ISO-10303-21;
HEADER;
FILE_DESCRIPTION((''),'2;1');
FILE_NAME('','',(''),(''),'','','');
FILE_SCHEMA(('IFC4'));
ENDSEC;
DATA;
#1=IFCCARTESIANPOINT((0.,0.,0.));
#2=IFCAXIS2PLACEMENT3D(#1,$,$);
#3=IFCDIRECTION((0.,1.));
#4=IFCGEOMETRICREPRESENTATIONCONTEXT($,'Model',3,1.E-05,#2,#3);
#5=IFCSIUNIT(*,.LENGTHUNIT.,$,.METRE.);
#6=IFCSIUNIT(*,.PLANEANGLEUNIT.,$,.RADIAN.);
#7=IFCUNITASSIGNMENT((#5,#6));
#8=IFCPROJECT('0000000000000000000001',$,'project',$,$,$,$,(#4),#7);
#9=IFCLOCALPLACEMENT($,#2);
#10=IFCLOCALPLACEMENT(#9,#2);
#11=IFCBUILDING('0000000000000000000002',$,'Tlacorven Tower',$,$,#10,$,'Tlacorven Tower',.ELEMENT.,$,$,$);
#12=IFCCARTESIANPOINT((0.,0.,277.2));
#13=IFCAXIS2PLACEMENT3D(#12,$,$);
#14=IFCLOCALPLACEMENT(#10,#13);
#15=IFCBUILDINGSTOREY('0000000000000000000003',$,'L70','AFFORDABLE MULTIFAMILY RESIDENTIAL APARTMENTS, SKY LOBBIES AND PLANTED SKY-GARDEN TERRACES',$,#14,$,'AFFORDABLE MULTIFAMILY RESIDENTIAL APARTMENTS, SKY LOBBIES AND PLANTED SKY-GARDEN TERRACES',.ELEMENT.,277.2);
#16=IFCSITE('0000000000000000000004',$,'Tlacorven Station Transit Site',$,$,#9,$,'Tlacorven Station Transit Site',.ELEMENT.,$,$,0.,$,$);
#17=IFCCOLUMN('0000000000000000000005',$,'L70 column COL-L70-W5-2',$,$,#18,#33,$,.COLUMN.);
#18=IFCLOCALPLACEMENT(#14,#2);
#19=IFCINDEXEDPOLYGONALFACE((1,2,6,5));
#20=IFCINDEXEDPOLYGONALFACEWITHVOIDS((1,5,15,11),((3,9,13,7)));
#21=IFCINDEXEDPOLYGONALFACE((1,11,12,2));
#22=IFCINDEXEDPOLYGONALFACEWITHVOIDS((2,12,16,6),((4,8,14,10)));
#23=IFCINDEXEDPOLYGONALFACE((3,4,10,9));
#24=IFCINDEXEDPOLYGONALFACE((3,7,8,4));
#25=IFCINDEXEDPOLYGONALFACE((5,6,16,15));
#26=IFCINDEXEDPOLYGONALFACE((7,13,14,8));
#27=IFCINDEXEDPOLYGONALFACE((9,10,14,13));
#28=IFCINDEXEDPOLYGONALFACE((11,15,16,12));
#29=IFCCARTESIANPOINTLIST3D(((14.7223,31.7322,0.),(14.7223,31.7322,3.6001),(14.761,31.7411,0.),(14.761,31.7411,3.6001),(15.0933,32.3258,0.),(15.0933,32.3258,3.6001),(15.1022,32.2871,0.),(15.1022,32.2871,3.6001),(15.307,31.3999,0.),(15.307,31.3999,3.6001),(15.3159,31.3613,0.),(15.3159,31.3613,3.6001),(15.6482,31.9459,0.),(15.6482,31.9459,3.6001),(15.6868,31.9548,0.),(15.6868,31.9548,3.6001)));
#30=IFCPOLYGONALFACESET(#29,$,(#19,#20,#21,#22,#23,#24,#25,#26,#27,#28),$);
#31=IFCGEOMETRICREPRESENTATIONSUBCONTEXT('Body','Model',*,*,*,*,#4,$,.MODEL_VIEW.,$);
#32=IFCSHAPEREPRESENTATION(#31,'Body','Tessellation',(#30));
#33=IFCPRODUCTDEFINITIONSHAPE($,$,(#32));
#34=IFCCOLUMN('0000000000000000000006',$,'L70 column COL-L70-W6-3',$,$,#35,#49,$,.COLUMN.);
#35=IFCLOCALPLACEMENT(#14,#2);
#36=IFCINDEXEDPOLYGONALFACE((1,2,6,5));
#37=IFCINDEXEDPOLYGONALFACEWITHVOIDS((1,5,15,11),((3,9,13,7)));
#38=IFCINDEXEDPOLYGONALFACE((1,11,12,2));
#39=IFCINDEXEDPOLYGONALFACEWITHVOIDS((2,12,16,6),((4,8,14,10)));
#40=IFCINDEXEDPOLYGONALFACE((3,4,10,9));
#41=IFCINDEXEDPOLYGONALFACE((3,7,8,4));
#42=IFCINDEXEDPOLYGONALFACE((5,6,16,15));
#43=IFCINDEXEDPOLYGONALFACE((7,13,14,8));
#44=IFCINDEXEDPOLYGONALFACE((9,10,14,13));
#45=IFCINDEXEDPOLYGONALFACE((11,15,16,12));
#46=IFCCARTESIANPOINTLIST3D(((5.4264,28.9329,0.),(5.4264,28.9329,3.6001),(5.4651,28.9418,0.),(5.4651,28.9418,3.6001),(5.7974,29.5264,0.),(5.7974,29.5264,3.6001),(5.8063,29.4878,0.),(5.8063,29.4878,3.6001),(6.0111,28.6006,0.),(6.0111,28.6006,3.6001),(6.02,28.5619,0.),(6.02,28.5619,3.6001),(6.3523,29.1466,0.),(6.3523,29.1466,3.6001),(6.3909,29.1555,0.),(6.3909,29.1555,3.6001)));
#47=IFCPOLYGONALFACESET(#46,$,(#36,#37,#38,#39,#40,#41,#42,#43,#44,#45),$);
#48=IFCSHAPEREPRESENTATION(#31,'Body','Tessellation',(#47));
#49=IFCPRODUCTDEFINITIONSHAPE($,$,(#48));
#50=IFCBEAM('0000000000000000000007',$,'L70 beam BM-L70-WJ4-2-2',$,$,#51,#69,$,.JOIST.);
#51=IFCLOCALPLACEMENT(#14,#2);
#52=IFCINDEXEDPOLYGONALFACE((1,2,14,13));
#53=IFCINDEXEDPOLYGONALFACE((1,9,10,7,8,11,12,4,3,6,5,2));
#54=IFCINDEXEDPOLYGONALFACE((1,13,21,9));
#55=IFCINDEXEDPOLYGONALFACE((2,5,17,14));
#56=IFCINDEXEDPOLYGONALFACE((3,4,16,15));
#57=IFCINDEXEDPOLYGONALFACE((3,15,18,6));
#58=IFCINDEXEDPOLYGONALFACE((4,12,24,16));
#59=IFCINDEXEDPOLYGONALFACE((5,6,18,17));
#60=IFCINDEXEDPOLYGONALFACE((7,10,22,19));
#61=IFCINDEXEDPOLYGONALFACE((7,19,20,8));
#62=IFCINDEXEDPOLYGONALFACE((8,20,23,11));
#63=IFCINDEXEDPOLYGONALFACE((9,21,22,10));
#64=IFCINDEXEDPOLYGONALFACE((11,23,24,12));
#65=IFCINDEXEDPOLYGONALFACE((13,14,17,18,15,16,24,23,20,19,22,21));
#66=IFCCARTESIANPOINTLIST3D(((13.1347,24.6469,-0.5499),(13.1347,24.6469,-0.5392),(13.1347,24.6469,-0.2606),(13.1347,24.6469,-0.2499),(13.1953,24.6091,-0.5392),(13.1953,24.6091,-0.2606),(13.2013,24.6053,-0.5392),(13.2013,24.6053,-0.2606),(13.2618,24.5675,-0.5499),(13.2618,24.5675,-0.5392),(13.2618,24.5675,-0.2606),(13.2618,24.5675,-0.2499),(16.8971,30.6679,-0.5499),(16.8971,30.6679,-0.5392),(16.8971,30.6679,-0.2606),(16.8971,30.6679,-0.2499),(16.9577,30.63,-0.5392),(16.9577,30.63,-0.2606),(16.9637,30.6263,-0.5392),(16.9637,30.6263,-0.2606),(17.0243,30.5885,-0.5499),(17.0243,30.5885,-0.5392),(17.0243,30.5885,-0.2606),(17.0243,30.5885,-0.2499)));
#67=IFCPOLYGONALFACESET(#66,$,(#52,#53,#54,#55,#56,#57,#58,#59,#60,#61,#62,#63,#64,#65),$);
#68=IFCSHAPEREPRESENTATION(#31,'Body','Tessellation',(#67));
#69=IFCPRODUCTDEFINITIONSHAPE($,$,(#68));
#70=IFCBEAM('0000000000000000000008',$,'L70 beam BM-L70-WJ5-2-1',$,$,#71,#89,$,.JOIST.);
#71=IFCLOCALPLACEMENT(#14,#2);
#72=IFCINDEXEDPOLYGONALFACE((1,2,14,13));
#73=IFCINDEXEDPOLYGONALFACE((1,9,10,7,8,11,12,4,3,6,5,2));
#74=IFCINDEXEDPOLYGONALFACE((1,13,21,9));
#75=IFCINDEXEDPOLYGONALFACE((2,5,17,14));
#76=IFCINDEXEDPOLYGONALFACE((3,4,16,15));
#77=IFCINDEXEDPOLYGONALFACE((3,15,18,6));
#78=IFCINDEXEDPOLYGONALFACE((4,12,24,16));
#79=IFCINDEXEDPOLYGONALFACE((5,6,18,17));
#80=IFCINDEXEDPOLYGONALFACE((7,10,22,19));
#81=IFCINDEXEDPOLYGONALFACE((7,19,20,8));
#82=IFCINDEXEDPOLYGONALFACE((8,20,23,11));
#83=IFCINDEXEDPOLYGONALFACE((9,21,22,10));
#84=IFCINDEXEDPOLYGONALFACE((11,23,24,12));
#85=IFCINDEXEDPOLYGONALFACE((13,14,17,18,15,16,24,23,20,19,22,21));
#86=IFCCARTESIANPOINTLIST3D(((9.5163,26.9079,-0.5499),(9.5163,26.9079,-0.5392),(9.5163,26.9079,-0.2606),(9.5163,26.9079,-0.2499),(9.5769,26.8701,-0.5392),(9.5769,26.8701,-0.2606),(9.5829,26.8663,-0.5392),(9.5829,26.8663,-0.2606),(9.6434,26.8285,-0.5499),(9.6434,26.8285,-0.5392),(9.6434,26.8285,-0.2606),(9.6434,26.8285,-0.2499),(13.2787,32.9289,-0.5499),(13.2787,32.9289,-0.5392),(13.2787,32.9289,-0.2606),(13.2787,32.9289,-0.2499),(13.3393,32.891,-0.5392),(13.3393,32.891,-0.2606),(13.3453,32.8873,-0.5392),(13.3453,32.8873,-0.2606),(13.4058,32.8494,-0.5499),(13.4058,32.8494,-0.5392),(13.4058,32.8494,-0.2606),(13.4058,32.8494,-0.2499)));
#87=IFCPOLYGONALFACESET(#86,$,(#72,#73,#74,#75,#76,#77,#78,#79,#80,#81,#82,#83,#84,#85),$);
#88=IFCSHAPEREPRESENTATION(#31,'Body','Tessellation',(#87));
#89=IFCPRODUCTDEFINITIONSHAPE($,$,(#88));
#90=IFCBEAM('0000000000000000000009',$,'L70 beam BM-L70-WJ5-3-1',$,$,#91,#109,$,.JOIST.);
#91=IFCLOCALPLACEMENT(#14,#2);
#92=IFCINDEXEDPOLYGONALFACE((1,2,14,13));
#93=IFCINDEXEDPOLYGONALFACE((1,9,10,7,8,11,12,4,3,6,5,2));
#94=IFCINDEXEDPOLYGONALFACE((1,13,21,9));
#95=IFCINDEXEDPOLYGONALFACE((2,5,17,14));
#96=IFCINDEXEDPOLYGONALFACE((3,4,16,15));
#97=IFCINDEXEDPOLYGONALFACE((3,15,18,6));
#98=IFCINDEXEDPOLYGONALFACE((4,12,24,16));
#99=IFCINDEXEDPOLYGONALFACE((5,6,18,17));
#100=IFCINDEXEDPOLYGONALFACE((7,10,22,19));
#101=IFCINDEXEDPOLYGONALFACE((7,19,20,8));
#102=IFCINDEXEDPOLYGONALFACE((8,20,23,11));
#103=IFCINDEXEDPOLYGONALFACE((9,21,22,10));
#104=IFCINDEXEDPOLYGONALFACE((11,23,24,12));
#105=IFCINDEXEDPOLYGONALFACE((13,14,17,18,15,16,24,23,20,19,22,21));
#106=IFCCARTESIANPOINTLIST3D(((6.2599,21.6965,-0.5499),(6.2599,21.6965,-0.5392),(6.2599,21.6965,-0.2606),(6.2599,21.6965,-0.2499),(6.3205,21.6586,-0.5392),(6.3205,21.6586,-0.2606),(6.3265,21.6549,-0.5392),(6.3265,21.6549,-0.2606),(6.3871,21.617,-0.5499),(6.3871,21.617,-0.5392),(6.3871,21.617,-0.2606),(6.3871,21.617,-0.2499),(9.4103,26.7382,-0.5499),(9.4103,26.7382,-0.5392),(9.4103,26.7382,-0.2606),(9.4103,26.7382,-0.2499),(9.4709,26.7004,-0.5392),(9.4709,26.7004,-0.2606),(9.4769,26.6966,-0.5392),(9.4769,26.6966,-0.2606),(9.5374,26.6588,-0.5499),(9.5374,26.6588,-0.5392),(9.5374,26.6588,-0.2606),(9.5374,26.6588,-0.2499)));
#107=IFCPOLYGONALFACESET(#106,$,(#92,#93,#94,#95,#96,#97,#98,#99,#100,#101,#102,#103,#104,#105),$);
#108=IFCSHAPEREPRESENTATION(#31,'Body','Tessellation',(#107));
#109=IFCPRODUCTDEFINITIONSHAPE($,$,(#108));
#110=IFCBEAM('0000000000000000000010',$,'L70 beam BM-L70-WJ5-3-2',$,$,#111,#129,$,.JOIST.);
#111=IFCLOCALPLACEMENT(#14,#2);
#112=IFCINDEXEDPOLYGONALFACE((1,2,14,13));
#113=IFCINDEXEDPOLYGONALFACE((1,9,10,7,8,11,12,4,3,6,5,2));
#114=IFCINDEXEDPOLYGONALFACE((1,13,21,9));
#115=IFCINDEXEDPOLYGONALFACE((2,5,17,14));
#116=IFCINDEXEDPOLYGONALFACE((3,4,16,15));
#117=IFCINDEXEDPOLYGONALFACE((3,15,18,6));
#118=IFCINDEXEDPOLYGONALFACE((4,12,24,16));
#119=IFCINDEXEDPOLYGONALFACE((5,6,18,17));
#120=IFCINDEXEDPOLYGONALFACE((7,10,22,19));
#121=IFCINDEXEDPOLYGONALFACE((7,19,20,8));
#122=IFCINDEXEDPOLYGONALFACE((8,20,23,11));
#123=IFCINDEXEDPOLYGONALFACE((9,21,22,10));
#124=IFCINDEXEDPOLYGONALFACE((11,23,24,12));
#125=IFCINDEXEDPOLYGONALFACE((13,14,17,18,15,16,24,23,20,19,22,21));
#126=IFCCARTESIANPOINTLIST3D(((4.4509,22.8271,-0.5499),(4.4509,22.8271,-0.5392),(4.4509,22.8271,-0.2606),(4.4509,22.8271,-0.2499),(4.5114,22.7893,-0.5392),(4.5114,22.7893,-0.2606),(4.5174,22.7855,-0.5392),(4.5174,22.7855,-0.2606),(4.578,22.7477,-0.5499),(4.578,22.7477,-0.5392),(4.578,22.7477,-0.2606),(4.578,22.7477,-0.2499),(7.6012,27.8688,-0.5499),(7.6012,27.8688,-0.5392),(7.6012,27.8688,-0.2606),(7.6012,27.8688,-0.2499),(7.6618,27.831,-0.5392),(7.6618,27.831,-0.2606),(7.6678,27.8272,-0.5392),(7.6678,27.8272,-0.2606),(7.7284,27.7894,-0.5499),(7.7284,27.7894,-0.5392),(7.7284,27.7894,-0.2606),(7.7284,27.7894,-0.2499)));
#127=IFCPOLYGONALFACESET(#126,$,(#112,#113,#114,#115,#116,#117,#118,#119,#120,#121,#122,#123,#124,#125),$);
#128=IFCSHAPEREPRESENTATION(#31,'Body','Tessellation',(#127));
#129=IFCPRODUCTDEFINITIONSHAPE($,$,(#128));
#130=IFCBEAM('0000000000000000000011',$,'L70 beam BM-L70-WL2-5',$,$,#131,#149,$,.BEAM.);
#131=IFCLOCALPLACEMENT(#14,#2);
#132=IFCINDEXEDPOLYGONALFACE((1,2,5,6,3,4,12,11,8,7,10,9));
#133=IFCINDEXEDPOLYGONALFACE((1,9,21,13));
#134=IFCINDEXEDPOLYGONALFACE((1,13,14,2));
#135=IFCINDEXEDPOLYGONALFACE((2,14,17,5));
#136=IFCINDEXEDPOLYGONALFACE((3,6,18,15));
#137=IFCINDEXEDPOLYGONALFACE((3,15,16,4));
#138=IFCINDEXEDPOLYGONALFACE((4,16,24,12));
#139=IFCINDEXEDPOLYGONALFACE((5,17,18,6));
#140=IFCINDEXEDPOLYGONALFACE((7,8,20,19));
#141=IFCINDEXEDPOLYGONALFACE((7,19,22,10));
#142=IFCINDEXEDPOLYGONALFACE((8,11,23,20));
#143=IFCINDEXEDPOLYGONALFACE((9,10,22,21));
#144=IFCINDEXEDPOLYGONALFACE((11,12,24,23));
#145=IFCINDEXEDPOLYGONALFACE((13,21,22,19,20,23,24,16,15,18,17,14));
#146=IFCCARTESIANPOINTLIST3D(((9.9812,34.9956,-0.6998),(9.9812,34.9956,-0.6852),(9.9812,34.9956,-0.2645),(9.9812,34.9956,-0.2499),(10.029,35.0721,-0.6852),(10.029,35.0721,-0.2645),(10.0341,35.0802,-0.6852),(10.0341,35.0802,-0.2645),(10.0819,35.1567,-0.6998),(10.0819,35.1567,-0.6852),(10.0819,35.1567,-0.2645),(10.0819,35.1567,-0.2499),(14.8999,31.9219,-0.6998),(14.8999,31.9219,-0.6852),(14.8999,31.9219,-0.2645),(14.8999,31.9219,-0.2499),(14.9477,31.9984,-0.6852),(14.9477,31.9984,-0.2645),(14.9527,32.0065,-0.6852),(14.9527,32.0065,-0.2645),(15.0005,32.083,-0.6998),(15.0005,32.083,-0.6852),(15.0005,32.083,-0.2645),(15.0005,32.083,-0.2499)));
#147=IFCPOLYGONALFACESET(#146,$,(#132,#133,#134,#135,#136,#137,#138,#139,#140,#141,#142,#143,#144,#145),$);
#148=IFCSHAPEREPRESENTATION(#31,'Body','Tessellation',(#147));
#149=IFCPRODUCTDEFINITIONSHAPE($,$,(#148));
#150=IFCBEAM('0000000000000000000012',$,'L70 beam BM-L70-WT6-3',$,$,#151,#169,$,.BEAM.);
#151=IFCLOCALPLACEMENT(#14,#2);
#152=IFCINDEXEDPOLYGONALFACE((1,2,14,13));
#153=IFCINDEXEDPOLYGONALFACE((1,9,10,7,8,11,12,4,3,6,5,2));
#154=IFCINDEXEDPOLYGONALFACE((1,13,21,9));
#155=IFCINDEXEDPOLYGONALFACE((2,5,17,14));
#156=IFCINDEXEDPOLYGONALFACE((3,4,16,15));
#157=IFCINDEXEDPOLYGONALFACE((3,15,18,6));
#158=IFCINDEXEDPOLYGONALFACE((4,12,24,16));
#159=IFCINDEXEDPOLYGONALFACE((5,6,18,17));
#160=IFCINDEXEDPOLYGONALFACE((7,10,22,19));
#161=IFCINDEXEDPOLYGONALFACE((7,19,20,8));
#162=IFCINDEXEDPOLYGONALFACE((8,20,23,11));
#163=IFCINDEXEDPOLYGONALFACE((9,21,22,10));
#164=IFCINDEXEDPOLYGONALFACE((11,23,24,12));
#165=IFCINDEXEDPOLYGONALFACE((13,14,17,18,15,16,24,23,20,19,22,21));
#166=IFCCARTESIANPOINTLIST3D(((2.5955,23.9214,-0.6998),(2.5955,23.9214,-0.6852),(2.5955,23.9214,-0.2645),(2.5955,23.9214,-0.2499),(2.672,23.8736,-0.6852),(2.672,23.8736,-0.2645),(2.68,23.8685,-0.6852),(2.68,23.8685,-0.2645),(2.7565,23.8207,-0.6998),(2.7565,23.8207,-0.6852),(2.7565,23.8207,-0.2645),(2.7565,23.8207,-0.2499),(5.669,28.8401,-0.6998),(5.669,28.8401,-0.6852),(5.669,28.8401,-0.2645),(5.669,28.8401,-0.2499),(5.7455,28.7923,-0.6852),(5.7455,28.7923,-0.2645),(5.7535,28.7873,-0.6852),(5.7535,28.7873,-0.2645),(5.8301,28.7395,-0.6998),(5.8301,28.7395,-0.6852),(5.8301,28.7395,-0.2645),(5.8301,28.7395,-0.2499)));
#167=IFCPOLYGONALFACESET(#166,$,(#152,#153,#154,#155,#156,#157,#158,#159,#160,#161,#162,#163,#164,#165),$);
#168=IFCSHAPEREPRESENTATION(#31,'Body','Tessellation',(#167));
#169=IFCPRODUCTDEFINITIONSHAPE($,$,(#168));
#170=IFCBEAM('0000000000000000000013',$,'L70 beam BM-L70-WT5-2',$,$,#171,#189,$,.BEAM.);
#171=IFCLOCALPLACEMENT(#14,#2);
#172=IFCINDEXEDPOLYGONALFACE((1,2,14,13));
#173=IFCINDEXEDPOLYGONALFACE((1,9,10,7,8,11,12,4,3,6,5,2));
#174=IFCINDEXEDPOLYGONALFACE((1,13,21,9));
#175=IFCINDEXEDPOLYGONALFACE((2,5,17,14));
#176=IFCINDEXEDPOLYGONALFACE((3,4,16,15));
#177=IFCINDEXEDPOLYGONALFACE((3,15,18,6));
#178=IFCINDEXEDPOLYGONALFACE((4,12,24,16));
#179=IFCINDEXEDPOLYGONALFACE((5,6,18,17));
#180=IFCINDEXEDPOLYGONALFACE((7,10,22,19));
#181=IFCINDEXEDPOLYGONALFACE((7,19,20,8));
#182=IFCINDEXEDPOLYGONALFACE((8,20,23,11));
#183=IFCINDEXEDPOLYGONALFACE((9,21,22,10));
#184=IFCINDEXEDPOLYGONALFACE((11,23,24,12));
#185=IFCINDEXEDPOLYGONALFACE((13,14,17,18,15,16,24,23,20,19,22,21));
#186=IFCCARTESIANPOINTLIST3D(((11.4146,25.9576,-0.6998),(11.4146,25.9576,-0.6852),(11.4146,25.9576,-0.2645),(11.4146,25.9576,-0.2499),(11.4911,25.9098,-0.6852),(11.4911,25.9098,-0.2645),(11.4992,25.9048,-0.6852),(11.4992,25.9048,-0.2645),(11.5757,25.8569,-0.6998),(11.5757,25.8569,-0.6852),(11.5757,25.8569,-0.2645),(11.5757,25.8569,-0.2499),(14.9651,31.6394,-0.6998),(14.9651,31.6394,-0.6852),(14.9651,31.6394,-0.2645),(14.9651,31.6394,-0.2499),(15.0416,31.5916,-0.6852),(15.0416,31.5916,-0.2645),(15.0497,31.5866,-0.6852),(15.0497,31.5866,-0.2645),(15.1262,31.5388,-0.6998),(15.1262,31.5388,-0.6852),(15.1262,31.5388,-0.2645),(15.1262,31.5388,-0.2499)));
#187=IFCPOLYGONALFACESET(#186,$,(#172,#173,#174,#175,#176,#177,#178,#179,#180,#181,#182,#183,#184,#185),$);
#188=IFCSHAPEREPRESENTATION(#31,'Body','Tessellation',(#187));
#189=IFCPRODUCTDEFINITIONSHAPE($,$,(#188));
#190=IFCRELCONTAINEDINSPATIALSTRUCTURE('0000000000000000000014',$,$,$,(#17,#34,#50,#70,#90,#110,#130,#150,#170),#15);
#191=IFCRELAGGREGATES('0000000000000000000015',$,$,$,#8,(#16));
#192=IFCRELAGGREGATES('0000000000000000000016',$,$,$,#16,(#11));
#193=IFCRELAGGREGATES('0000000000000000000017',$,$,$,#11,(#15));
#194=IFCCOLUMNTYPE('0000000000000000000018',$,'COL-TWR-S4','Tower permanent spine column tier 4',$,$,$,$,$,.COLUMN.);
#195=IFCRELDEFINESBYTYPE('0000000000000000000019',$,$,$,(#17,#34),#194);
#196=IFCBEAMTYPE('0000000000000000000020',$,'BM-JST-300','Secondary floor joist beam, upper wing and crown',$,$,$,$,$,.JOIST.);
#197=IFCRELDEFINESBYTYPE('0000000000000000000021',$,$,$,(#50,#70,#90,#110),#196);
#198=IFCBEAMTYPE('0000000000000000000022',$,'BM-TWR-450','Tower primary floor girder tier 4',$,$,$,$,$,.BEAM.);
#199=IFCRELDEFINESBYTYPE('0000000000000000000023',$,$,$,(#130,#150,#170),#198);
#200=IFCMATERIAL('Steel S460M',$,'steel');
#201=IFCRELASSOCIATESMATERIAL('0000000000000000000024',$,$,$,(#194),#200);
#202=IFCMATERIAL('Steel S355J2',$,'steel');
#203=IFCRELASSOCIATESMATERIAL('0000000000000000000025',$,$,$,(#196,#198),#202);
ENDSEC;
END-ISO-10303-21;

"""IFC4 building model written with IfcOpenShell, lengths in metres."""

from ifc_helpers import new_model, si_unit, direction, frame, origin, origin_2d, place, context, subcontext, project, spatial, hollow_rectangle, i_section, extrude, source, transform, mapped, material, material_profile, profile_set, type_object, element, save


model = new_model("IFC4")

# Units and contexts
model_context = context("Model", 3, precision=1e-05, world=origin(), true_north=direction((0.0, 1.0)))
body_context = subcontext(model_context, "Body", "Model", "MODEL_VIEW")
ifc_project = project(units=[si_unit("LENGTHUNIT", "METRE"), si_unit("PLANEANGLEUNIT", "RADIAN")], contexts=[model_context])

# Site, building, storey
site_placement = place(None, origin())
site = spatial("IfcSite", under=ifc_project, at=site_placement, Name="Tlacorven Station Transit Site", LongName="Tlacorven Station Transit Site", CompositionType="ELEMENT", RefElevation=0.0)
building_placement = place(site_placement, origin())
building = spatial("IfcBuilding", under=site, at=building_placement, Name="Tlacorven Tower", LongName="Tlacorven Tower", CompositionType="ELEMENT")
storey_placement = place(building_placement, frame((0.0, 0.0, 277.2)))
storey = spatial("IfcBuildingStorey", under=building, at=storey_placement, Name="L70", Description="AFFORDABLE MULTIFAMILY RESIDENTIAL APARTMENTS, SKY LOBBIES AND PLANTED SKY-GARDEN TERRACES", LongName="AFFORDABLE MULTIFAMILY RESIDENTIAL APARTMENTS, SKY LOBBIES AND PLANTED SKY-GARDEN TERRACES", CompositionType="ELEMENT", Elevation=277.2)

# Columns
ifc_material_1 = material(Name="Steel S460M", Category="steel")
ifc_material_profile_1 = material_profile(ifc_material_1, hollow_rectangle(XDim=0.7, YDim=0.7, WallThickness=0.0281, at=origin_2d()), Name="BOX 700X700X28")
ifc_profile_set_1 = profile_set([ifc_material_profile_1], Name="Steel S460M")
column_type = type_object("IfcColumnType", Name="COL-TWR-S4", Description="Tower permanent spine column tier 4", PredefinedType="COLUMN", material=ifc_profile_set_1)
shared_shape_1 = source(origin(), body_context, "Body", "SweptSolid", [
    extrude(hollow_rectangle(XDim=0.7, YDim=0.7, WallThickness=0.0281, at=origin_2d()), origin(), (0.0, 0.0, 1.0), 3.6001),
])
for number, where, z_axis, x_axis, name in (
    (1, (15.2046, 31.8435, 0.0), (0.0, 0.0, 1.0), (-0.848048, 0.529919, 0.0), "L70 column COL-L70-W5-2"),
    (2, (5.9087, 29.0442, 0.0), (0.0, 0.0, 1.0), (-0.848048, 0.529919, 0.0), "L70 column COL-L70-W6-3"),
):
    element("IfcColumn", number, at=place(storey_placement, frame(where, z_axis=z_axis, x_axis=x_axis)), inside=storey, type_object=column_type, Name=name, PredefinedType="COLUMN", context=body_context, shape_type="MappedRepresentation", body=[
        mapped(shared_shape_1, transform((0.0, 0.0, 0.0), scale=1.0)),
    ])

# Beams
ifc_material_2 = material(Name="Steel S355J2", Category="steel")
ifc_material_profile_2 = material_profile(ifc_material_2, i_section(OverallWidth=0.1499, OverallDepth=0.3, WebThickness=0.0071, FlangeThickness=0.0107, at=origin_2d()), Name="IPE 300")
ifc_profile_set_2 = profile_set([ifc_material_profile_2], Name="Steel S355J2")
beam_type_1 = type_object("IfcBeamType", Name="BM-JST-300", Description="Secondary floor joist beam, upper wing and crown", PredefinedType="JOIST", material=ifc_profile_set_2)
shared_shape_2 = source(origin(), body_context, "Body", "SweptSolid", [
    extrude(i_section(OverallWidth=0.1499, OverallDepth=0.3, WebThickness=0.0071, FlangeThickness=0.0107, at=origin_2d()), origin(), (0.0, 0.0, 1.0), 7.0999),
])
for number, where, z_axis, x_axis, name in (
    (3, (16.9607, 30.6282, -0.3999), (-0.529931, -0.848041, 0.0), (0.848041, -0.529931, 0.0), "L70 beam BM-L70-WJ4-2-2"),
    (4, (13.3423, 32.8892, -0.3999), (-0.529931, -0.848041, 0.0), (0.848041, -0.529931, 0.0), "L70 beam BM-L70-WJ5-2-1"),
):
    element("IfcBeam", number, at=place(storey_placement, frame(where, z_axis=z_axis, x_axis=x_axis)), inside=storey, type_object=beam_type_1, Name=name, PredefinedType="JOIST", context=body_context, shape_type="MappedRepresentation", body=[
        mapped(shared_shape_2, transform((0.0, 0.0, 0.0), scale=1.0)),
    ])
shared_shape_3 = source(origin(), body_context, "Body", "SweptSolid", [
    extrude(i_section(OverallWidth=0.1499, OverallDepth=0.3, WebThickness=0.0071, FlangeThickness=0.0107, at=origin_2d()), origin(), (0.0, 0.0, 1.0), 5.9451),
])
for number, where, z_axis, x_axis, name in (
    (5, (9.4739, 26.6985, -0.3999), (-0.529914, -0.848051, 0.0), (0.848051, -0.529914, 0.0), "L70 beam BM-L70-WJ5-3-1"),
    (6, (7.6648, 27.8291, -0.3999), (-0.529914, -0.848051, 0.0), (0.848051, -0.529914, 0.0), "L70 beam BM-L70-WJ5-3-2"),
):
    element("IfcBeam", number, at=place(storey_placement, frame(where, z_axis=z_axis, x_axis=x_axis)), inside=storey, type_object=beam_type_1, Name=name, PredefinedType="JOIST", context=body_context, shape_type="MappedRepresentation", body=[
        mapped(shared_shape_3, transform((0.0, 0.0, 0.0), scale=1.0)),
    ])
ifc_material_profile_3 = material_profile(ifc_material_2, i_section(OverallWidth=0.1899, OverallDepth=0.45, WebThickness=0.0095, FlangeThickness=0.0146, at=origin_2d()), Name="IPE 450")
ifc_profile_set_3 = profile_set([ifc_material_profile_3], Name="Steel S355J2")
beam_type_2 = type_object("IfcBeamType", Name="BM-TWR-450", Description="Tower primary floor girder tier 4", PredefinedType="BEAM", material=ifc_profile_set_3)
shared_shape_4 = source(origin(), body_context, "Body", "SweptSolid", [
    extrude(i_section(OverallWidth=0.1899, OverallDepth=0.45, WebThickness=0.0095, FlangeThickness=0.0146, at=origin_2d()), origin(), (0.0, 0.0, 1.0), 5.8),
])
for number, where, z_axis, x_axis, name in (
    (7, (14.9502, 32.0024, -0.4749), (-0.848034, 0.529942, 0.0), (-0.529942, -0.848034, 0.0), "L70 beam BM-L70-WL2-5"),
    (8, (5.7495, 28.7898, -0.4749), (-0.529912, -0.848053, 0.0), (0.848053, -0.529912, 0.0), "L70 beam BM-L70-WT6-3"),
):
    element("IfcBeam", number, at=place(storey_placement, frame(where, z_axis=z_axis, x_axis=x_axis)), inside=storey, type_object=beam_type_2, Name=name, PredefinedType="BEAM", context=body_context, shape_type="MappedRepresentation", body=[
        mapped(shared_shape_4, transform((0.0, 0.0, 0.0), scale=1.0)),
    ])
shared_shape_5 = source(origin(), body_context, "Body", "SweptSolid", [
    extrude(i_section(OverallWidth=0.1899, OverallDepth=0.45, WebThickness=0.0095, FlangeThickness=0.0146, at=origin_2d()), origin(), (0.0, 0.0, 1.0), 6.7),
])
beam_placement = place(storey_placement, frame((15.0457, 31.5891, -0.4749), z_axis=(-0.52993, -0.848041, 0.0), x_axis=(0.848041, -0.52993, 0.0)))
element("IfcBeam", 9, at=beam_placement, inside=storey, type_object=beam_type_2, Name="L70 beam BM-L70-WT5-2", PredefinedType="BEAM", context=body_context, shape_type="MappedRepresentation", body=[
    mapped(shared_shape_5, transform((0.0, 0.0, 0.0), scale=1.0)),
])

save(model, "model.ifc")
